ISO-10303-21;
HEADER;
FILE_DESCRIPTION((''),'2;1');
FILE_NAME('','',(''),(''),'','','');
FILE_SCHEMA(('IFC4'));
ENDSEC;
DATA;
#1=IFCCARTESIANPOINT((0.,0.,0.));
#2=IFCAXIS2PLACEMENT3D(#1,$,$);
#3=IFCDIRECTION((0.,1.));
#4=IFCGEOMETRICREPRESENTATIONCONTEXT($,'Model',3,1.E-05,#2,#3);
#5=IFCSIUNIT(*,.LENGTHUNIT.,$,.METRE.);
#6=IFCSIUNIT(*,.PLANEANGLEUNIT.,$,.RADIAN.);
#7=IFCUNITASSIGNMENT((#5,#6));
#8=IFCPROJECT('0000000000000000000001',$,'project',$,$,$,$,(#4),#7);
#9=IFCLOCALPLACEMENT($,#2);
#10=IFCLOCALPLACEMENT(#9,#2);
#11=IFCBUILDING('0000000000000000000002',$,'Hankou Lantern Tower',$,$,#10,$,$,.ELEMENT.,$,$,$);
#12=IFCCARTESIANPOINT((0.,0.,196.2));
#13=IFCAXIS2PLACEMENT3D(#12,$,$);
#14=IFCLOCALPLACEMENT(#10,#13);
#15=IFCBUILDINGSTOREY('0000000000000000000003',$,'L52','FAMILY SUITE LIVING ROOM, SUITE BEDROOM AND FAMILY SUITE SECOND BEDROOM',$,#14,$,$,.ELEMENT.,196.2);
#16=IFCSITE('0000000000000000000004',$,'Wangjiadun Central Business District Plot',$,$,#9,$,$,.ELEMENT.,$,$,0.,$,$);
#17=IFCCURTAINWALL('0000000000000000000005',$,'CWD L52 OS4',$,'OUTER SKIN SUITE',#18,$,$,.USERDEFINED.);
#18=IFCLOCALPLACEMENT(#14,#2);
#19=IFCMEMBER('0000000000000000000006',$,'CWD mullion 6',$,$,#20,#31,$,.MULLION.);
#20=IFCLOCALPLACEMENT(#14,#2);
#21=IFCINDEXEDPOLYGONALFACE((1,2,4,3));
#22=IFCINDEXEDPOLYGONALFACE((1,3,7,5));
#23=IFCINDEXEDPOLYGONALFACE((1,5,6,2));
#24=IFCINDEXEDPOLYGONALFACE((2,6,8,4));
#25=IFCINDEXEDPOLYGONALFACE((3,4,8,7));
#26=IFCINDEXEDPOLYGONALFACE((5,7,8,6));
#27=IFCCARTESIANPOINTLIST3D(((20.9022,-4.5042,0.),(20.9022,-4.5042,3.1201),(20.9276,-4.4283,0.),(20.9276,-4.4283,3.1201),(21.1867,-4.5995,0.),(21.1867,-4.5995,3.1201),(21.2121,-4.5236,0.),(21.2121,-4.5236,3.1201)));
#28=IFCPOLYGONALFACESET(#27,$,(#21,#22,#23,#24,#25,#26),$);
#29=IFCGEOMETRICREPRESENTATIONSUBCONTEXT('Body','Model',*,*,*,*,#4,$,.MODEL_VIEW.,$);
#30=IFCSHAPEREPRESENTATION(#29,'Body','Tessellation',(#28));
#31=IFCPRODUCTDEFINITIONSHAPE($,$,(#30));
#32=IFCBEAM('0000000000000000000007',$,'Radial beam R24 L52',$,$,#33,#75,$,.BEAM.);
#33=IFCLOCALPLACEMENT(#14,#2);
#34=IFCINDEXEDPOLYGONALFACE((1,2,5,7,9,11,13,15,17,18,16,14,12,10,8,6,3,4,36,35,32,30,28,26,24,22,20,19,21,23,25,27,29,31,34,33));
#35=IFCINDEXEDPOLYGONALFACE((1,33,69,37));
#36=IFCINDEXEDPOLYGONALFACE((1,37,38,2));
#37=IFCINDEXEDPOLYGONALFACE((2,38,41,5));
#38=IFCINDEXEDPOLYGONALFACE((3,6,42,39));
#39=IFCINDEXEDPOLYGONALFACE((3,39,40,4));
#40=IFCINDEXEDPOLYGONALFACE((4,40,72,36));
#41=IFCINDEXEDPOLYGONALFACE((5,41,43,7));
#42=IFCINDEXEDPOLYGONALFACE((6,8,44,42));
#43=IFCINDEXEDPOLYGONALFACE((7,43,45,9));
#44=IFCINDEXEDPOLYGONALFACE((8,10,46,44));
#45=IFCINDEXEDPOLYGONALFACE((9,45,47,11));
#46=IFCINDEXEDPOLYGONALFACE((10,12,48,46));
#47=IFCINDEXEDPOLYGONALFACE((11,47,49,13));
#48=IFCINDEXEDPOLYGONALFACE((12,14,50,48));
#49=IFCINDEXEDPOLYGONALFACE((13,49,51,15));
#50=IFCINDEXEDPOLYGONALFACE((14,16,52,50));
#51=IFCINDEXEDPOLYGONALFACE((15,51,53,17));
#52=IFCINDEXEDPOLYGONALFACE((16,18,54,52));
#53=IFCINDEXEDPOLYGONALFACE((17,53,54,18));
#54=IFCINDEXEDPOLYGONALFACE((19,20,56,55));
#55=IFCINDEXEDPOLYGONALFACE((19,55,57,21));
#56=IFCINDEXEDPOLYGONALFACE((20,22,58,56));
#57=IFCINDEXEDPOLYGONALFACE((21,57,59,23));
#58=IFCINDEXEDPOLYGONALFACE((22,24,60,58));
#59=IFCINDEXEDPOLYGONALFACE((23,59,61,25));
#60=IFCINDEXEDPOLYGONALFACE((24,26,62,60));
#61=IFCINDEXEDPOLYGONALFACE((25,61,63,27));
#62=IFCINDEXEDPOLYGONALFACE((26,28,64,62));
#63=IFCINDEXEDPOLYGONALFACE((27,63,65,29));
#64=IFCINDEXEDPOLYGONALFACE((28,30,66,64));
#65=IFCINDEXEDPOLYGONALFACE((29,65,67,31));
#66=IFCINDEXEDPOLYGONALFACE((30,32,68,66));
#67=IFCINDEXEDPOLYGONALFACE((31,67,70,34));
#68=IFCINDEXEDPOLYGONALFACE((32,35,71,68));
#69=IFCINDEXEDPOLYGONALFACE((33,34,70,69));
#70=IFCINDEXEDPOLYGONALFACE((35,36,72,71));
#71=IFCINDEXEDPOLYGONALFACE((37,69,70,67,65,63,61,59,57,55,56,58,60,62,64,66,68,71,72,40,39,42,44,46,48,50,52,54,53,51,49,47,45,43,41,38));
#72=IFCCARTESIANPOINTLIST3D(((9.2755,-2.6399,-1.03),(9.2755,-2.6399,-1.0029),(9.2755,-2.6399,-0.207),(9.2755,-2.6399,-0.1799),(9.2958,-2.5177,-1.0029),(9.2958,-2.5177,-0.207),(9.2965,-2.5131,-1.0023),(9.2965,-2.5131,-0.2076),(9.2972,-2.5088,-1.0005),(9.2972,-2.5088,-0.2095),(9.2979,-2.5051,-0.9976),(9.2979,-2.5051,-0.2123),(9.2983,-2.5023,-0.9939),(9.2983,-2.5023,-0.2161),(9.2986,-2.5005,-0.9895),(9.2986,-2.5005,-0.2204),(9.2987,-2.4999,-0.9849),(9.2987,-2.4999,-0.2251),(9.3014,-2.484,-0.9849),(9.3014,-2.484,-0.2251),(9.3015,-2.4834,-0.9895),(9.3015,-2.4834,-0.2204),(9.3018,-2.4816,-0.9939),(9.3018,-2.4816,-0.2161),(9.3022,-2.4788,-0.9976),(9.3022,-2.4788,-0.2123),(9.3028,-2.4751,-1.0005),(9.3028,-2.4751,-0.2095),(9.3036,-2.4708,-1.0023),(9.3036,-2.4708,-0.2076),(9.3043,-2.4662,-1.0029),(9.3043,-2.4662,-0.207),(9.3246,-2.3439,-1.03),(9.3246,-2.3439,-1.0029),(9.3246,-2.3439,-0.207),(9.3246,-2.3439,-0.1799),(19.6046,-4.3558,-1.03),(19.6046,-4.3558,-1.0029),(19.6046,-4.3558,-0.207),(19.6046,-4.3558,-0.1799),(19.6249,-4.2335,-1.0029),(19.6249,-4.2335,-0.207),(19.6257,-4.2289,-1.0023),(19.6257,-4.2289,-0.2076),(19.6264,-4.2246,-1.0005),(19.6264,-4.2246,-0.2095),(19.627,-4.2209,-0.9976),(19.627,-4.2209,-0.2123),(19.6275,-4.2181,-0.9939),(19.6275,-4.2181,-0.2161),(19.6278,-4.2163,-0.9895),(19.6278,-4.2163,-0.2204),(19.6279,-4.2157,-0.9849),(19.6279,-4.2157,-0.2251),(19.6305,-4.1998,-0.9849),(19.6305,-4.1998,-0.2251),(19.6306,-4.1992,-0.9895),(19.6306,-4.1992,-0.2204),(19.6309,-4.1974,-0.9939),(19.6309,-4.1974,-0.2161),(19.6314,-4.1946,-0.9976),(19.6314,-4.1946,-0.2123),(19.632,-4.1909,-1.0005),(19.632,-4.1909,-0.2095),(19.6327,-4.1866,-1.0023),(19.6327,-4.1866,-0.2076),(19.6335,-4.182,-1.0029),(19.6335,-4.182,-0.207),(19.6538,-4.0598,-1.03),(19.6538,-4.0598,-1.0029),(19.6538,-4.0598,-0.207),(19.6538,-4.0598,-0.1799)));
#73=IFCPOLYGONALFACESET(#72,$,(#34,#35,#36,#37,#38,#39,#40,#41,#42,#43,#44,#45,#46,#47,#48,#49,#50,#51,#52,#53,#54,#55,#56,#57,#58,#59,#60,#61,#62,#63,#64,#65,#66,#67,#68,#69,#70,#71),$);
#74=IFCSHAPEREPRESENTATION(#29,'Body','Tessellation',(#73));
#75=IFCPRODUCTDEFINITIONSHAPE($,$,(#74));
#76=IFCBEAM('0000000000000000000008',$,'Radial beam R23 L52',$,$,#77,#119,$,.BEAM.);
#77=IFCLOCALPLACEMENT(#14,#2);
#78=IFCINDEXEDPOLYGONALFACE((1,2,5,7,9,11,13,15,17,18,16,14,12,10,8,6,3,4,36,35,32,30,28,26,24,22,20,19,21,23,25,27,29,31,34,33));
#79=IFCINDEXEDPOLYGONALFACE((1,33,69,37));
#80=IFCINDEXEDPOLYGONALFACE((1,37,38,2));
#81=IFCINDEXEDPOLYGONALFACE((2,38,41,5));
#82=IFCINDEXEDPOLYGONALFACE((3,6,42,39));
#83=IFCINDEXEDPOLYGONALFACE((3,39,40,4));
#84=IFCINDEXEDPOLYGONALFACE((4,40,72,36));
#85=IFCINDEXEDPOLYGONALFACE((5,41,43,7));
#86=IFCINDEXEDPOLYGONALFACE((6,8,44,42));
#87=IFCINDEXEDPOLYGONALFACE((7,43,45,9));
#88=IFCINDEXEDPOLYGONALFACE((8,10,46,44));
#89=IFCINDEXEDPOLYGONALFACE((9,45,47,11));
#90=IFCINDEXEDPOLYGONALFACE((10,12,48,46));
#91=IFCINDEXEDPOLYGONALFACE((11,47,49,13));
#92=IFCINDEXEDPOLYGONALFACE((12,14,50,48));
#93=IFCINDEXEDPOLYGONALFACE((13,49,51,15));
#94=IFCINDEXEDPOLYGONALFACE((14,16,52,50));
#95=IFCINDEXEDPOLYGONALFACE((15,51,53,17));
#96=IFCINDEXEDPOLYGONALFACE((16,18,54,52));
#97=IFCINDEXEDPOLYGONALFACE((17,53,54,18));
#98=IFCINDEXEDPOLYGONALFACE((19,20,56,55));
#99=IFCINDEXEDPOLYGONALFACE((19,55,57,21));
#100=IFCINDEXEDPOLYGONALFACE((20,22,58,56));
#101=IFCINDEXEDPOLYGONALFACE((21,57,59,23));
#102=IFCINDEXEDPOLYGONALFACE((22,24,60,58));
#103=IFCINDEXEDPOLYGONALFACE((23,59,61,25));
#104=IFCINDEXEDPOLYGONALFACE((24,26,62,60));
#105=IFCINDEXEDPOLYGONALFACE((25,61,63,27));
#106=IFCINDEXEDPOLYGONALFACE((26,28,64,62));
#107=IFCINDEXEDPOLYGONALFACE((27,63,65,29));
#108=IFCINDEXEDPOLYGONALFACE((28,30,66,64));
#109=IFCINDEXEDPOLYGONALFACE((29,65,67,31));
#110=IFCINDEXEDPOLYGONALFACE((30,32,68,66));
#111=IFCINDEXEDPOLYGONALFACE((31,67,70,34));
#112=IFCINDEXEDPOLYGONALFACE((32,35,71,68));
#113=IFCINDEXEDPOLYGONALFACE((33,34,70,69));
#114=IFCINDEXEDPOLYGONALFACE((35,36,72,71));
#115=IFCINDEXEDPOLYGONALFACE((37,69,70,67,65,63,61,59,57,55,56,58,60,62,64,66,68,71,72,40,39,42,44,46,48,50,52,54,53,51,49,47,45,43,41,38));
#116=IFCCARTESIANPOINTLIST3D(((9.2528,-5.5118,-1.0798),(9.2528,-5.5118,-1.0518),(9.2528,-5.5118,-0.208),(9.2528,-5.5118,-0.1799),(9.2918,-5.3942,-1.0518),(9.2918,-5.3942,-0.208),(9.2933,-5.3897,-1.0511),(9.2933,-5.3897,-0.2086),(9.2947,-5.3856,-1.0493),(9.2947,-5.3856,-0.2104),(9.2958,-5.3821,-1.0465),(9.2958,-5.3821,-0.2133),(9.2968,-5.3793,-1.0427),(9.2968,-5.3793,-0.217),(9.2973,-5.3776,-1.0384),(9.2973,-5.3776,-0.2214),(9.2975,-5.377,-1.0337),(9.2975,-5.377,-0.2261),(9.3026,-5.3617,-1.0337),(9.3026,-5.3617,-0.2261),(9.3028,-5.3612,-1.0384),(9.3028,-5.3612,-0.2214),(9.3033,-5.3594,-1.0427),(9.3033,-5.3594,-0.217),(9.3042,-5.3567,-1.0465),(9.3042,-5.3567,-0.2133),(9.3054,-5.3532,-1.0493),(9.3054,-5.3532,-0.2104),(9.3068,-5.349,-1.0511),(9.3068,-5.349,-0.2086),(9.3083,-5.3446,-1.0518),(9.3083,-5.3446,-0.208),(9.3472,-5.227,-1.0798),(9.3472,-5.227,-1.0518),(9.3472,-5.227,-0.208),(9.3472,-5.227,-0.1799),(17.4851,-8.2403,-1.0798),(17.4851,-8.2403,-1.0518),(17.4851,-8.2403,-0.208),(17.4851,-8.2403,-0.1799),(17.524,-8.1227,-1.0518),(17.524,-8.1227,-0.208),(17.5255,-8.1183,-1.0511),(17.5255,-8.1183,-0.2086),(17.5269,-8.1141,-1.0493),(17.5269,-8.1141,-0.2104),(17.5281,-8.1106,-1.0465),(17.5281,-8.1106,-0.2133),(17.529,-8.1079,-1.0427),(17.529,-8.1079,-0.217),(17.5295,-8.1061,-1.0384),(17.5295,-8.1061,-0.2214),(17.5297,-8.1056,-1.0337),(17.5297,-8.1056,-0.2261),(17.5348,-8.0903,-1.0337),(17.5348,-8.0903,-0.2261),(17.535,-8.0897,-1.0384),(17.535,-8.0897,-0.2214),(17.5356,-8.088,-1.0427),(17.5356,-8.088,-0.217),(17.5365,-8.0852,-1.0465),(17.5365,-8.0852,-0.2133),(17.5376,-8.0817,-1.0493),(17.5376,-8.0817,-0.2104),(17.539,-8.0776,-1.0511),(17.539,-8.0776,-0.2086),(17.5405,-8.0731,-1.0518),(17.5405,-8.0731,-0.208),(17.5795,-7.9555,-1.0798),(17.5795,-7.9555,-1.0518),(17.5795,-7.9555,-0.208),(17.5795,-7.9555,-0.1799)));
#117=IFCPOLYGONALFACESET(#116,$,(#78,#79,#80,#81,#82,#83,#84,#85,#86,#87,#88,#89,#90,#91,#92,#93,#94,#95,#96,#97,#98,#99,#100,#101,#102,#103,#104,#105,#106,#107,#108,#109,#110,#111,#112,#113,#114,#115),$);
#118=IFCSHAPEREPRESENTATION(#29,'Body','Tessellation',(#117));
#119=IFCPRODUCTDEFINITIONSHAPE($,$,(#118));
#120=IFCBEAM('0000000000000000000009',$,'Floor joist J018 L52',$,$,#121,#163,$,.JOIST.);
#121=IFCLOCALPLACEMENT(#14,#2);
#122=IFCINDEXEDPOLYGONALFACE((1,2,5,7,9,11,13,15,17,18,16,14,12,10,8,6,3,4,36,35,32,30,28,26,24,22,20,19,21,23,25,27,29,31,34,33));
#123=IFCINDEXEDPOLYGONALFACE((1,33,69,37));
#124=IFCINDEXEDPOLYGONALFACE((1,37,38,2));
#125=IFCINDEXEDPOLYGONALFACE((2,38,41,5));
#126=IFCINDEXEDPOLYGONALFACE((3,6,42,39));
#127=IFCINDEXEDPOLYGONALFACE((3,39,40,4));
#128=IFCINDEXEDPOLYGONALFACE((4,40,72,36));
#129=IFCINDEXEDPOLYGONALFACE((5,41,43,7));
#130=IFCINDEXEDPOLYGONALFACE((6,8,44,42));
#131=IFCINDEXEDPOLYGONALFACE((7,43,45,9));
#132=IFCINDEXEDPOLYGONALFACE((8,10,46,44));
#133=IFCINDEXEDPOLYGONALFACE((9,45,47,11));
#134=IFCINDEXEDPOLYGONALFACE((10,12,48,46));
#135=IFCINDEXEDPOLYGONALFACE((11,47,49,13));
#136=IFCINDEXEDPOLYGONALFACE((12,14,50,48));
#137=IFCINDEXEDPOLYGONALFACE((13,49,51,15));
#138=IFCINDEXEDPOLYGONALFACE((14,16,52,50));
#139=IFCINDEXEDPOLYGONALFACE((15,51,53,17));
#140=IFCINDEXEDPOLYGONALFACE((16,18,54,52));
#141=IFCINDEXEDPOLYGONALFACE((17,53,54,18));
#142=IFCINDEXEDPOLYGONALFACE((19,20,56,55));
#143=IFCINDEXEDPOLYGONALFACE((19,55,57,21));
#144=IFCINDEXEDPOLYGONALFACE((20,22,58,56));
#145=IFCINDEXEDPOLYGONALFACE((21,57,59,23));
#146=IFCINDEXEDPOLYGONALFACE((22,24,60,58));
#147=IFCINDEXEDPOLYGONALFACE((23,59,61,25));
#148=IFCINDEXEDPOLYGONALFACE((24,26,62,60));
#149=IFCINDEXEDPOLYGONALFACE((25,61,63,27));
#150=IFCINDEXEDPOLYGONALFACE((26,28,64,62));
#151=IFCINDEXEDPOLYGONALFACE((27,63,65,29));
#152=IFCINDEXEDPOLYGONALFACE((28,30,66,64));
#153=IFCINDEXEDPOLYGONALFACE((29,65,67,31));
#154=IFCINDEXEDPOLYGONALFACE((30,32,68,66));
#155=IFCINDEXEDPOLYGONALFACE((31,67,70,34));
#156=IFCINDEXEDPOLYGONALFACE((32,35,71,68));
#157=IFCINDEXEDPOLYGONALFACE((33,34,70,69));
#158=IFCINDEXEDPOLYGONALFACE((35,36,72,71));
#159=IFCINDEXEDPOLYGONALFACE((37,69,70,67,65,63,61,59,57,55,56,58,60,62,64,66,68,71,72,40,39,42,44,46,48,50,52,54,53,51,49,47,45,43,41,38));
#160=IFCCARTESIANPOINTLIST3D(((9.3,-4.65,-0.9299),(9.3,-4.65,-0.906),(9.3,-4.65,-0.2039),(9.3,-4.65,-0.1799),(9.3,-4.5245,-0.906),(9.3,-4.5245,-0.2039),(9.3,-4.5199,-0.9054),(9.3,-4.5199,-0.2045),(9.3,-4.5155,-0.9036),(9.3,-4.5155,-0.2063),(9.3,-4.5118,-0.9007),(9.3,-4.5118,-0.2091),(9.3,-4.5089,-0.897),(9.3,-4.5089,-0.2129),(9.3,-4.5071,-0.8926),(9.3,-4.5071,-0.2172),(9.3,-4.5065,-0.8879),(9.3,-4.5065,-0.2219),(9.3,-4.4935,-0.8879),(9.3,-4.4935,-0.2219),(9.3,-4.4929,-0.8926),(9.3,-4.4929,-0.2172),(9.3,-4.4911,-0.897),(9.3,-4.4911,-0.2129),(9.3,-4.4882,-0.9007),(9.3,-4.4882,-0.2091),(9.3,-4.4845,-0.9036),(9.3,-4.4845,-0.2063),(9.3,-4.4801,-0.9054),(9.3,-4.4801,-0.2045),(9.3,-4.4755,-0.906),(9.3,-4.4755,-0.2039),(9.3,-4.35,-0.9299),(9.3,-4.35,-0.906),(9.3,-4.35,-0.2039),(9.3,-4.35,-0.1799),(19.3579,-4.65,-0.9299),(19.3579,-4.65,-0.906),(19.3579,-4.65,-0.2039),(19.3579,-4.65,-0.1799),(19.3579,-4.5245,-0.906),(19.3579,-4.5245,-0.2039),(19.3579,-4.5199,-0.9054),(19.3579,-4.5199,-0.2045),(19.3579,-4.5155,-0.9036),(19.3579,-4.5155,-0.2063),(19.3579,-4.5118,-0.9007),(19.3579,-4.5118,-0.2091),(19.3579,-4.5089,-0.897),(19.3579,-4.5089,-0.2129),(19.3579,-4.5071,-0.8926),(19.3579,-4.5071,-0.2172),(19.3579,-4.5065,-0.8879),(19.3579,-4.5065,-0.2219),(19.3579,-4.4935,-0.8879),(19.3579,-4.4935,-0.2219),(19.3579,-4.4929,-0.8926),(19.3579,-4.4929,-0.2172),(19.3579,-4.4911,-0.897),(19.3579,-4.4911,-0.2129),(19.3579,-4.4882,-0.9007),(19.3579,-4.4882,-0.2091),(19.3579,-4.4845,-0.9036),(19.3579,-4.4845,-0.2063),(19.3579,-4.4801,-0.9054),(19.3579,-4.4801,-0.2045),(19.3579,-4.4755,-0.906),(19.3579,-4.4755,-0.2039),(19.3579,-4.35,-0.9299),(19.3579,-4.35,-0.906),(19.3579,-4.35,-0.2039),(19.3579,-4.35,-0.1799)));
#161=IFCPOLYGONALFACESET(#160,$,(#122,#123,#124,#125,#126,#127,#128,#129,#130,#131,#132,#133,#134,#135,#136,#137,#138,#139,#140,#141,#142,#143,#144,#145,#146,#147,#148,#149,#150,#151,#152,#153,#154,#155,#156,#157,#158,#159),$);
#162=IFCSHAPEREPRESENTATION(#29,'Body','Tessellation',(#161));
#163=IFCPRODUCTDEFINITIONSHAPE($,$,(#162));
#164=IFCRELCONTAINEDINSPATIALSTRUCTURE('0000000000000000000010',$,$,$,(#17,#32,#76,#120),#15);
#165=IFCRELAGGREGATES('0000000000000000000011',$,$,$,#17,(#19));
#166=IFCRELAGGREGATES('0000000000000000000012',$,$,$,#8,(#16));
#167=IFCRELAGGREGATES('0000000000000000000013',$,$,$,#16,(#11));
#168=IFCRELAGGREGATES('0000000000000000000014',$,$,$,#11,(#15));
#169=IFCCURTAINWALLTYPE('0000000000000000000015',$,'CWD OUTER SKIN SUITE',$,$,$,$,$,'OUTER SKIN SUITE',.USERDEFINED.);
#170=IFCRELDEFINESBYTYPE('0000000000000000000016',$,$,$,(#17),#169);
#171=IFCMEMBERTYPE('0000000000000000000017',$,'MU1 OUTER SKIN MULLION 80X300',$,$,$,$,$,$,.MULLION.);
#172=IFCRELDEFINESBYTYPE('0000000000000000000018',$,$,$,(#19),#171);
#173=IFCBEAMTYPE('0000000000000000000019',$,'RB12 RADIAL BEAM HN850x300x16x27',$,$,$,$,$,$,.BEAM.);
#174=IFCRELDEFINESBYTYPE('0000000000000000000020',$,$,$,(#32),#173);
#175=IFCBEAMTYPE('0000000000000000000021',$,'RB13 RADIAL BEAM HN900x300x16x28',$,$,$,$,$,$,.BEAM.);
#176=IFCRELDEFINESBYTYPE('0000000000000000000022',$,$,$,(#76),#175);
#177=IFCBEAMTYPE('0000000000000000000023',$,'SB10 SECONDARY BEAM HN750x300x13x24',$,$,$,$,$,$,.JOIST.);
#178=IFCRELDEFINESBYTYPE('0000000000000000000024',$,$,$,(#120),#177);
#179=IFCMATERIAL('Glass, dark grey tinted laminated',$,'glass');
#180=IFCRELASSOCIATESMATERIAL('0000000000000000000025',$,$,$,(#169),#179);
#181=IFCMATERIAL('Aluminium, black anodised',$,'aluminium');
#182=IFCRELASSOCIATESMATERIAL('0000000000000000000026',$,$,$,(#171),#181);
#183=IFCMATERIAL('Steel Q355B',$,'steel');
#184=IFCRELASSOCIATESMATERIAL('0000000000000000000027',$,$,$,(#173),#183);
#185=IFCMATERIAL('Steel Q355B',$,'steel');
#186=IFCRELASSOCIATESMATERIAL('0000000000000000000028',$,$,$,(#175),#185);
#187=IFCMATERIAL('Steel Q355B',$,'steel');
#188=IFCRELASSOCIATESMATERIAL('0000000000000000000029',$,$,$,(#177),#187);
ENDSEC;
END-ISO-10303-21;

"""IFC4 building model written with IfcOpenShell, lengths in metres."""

from ifc_helpers import new_model, si_unit, direction, frame, origin, origin_2d, place, context, subcontext, project, spatial, rectangle, i_section, extrude, material, material_profile, profile_set, type_object, element, aggregate, save


model = new_model("IFC4")

# Units and contexts
model_context = context("Model", 3, precision=1e-05, world=origin(), true_north=direction((0.0, 1.0)))
body_context = subcontext(model_context, "Body", "Model", "MODEL_VIEW")
ifc_project = project(units=[si_unit("LENGTHUNIT", "METRE"), si_unit("PLANEANGLEUNIT", "RADIAN")], contexts=[model_context])

# Site, building, storey
site_placement = place(None, origin())
site = spatial("IfcSite", under=ifc_project, at=site_placement, Name="Wangjiadun Central Business District Plot", CompositionType="ELEMENT", RefElevation=0.0)
building_placement = place(site_placement, origin())
building = spatial("IfcBuilding", under=site, at=building_placement, Name="Hankou Lantern Tower", CompositionType="ELEMENT")
storey_placement = place(building_placement, frame((0.0, 0.0, 196.2)))
storey = spatial("IfcBuildingStorey", under=building, at=storey_placement, Name="L52", Description="FAMILY SUITE LIVING ROOM, SUITE BEDROOM AND FAMILY SUITE SECOND BEDROOM", CompositionType="ELEMENT", Elevation=196.2)

# Curtain wall, member
ifc_material_1 = material(Name="Glass, dark grey tinted laminated", Category="glass")
curtain_wall_type = type_object("IfcCurtainWallType", Name="CWD OUTER SKIN SUITE", ElementType="OUTER SKIN SUITE", PredefinedType="USERDEFINED", material=ifc_material_1)
curtain_wall_placement = place(storey_placement, origin())
curtain_wall = element("IfcCurtainWall", 1, at=curtain_wall_placement, inside=storey, type_object=curtain_wall_type, Name="CWD L52 OS4", ObjectType="OUTER SKIN SUITE", PredefinedType="USERDEFINED")
ifc_material_2 = material(Name="Aluminium, black anodised", Category="aluminium")
ifc_material_profile_1 = material_profile(ifc_material_2, rectangle(XDim=0.0801, YDim=0.3, at=origin_2d()), Name="MU1 80X300")
ifc_profile_set_1 = profile_set([ifc_material_profile_1], Name="Aluminium, black anodised")
member_type_1 = type_object("IfcMemberType", Name="MU1 OUTER SKIN MULLION 80X300", PredefinedType="MULLION", material=ifc_profile_set_1)
member_1_placement = place(storey_placement, frame((21.0571, -4.5139, 0.0), z_axis=(0.0, 0.0, 1.0), x_axis=(0.317596, 0.948226, 0.0)))
member_1 = element("IfcMember", 2, at=member_1_placement, type_object=member_type_1, Name="CWD mullion 6", PredefinedType="MULLION", context=body_context, shape_type="SweptSolid", body=[
    extrude(rectangle(XDim=0.0801, YDim=0.3, at=origin_2d()), origin(), (0.0, 0.0, 1.0), 3.1201),
])

# Beams
ifc_material_3 = material(Name="Steel Q355B", Category="steel")
ifc_material_profile_2 = material_profile(ifc_material_3, i_section(OverallWidth=0.3, OverallDepth=0.8501, WebThickness=0.0161, FlangeThickness=0.0271, FilletRadius=0.0181, at=origin_2d()), Name="HN850x300x16x27")
ifc_profile_set_2 = profile_set([ifc_material_profile_2], Name="Steel Q355B")
beam_type_1 = type_object("IfcBeamType", Name="RB12 RADIAL BEAM HN850x300x16x27", PredefinedType="BEAM", material=ifc_profile_set_2)
beam_1_placement = place(storey_placement, frame((9.3, -2.4919, -0.605), z_axis=(0.986482, -0.16387, 0.0), x_axis=(0.16387, 0.986482, 0.0)))
element("IfcBeam", 3, at=beam_1_placement, inside=storey, type_object=beam_type_1, Name="Radial beam R24 L52", PredefinedType="BEAM", context=body_context, shape_type="SweptSolid", body=[
    extrude(i_section(OverallWidth=0.3, OverallDepth=0.8501, WebThickness=0.0161, FlangeThickness=0.0271, FilletRadius=0.0181, at=origin_2d()), origin(), (0.0, 0.0, 1.0), 10.4707),
])
ifc_material_4 = material(Name="Steel Q355B", Category="steel")
ifc_material_profile_3 = material_profile(ifc_material_4, i_section(OverallWidth=0.3, OverallDepth=0.8999, WebThickness=0.0161, FlangeThickness=0.0281, FilletRadius=0.0181, at=origin_2d()), Name="HN900x300x16x28")
ifc_profile_set_3 = profile_set([ifc_material_profile_3], Name="Steel Q355B")
beam_type_2 = type_object("IfcBeamType", Name="RB13 RADIAL BEAM HN900x300x16x28", PredefinedType="BEAM", material=ifc_profile_set_3)
beam_2_placement = place(storey_placement, frame((9.3, -5.3694, -0.6299), z_axis=(0.94922, -0.314614, 0.0), x_axis=(0.314614, 0.94922, 0.0)))
element("IfcBeam", 4, at=beam_2_placement, inside=storey, type_object=beam_type_2, Name="Radial beam R23 L52", PredefinedType="BEAM", context=body_context, shape_type="SweptSolid", body=[
    extrude(i_section(OverallWidth=0.3, OverallDepth=0.8999, WebThickness=0.0161, FlangeThickness=0.0281, FilletRadius=0.0181, at=origin_2d()), origin(), (0.0, 0.0, 1.0), 8.6726),
])
ifc_material_5 = material(Name="Steel Q355B", Category="steel")
ifc_material_profile_4 = material_profile(ifc_material_5, i_section(OverallWidth=0.3, OverallDepth=0.75, WebThickness=0.0129, FlangeThickness=0.0239, FilletRadius=0.0181, at=origin_2d()), Name="HN750x300x13x24")
ifc_profile_set_4 = profile_set([ifc_material_profile_4], Name="Steel Q355B")
beam_type_3 = type_object("IfcBeamType", Name="SB10 SECONDARY BEAM HN750x300x13x24", PredefinedType="JOIST", material=ifc_profile_set_4)
beam_3_placement = place(storey_placement, frame((9.3, -4.5, -0.5549), z_axis=(1.0, 0.0, 0.0), x_axis=(0.0, 1.0, 0.0)))
element("IfcBeam", 5, at=beam_3_placement, inside=storey, type_object=beam_type_3, Name="Floor joist J018 L52", PredefinedType="JOIST", context=body_context, shape_type="SweptSolid", body=[
    extrude(i_section(OverallWidth=0.3, OverallDepth=0.75, WebThickness=0.0129, FlangeThickness=0.0239, FilletRadius=0.0181, at=origin_2d()), origin(), (0.0, 0.0, 1.0), 10.0579),
])

aggregate(curtain_wall, [member_1])

save(model, "model.ifc")
